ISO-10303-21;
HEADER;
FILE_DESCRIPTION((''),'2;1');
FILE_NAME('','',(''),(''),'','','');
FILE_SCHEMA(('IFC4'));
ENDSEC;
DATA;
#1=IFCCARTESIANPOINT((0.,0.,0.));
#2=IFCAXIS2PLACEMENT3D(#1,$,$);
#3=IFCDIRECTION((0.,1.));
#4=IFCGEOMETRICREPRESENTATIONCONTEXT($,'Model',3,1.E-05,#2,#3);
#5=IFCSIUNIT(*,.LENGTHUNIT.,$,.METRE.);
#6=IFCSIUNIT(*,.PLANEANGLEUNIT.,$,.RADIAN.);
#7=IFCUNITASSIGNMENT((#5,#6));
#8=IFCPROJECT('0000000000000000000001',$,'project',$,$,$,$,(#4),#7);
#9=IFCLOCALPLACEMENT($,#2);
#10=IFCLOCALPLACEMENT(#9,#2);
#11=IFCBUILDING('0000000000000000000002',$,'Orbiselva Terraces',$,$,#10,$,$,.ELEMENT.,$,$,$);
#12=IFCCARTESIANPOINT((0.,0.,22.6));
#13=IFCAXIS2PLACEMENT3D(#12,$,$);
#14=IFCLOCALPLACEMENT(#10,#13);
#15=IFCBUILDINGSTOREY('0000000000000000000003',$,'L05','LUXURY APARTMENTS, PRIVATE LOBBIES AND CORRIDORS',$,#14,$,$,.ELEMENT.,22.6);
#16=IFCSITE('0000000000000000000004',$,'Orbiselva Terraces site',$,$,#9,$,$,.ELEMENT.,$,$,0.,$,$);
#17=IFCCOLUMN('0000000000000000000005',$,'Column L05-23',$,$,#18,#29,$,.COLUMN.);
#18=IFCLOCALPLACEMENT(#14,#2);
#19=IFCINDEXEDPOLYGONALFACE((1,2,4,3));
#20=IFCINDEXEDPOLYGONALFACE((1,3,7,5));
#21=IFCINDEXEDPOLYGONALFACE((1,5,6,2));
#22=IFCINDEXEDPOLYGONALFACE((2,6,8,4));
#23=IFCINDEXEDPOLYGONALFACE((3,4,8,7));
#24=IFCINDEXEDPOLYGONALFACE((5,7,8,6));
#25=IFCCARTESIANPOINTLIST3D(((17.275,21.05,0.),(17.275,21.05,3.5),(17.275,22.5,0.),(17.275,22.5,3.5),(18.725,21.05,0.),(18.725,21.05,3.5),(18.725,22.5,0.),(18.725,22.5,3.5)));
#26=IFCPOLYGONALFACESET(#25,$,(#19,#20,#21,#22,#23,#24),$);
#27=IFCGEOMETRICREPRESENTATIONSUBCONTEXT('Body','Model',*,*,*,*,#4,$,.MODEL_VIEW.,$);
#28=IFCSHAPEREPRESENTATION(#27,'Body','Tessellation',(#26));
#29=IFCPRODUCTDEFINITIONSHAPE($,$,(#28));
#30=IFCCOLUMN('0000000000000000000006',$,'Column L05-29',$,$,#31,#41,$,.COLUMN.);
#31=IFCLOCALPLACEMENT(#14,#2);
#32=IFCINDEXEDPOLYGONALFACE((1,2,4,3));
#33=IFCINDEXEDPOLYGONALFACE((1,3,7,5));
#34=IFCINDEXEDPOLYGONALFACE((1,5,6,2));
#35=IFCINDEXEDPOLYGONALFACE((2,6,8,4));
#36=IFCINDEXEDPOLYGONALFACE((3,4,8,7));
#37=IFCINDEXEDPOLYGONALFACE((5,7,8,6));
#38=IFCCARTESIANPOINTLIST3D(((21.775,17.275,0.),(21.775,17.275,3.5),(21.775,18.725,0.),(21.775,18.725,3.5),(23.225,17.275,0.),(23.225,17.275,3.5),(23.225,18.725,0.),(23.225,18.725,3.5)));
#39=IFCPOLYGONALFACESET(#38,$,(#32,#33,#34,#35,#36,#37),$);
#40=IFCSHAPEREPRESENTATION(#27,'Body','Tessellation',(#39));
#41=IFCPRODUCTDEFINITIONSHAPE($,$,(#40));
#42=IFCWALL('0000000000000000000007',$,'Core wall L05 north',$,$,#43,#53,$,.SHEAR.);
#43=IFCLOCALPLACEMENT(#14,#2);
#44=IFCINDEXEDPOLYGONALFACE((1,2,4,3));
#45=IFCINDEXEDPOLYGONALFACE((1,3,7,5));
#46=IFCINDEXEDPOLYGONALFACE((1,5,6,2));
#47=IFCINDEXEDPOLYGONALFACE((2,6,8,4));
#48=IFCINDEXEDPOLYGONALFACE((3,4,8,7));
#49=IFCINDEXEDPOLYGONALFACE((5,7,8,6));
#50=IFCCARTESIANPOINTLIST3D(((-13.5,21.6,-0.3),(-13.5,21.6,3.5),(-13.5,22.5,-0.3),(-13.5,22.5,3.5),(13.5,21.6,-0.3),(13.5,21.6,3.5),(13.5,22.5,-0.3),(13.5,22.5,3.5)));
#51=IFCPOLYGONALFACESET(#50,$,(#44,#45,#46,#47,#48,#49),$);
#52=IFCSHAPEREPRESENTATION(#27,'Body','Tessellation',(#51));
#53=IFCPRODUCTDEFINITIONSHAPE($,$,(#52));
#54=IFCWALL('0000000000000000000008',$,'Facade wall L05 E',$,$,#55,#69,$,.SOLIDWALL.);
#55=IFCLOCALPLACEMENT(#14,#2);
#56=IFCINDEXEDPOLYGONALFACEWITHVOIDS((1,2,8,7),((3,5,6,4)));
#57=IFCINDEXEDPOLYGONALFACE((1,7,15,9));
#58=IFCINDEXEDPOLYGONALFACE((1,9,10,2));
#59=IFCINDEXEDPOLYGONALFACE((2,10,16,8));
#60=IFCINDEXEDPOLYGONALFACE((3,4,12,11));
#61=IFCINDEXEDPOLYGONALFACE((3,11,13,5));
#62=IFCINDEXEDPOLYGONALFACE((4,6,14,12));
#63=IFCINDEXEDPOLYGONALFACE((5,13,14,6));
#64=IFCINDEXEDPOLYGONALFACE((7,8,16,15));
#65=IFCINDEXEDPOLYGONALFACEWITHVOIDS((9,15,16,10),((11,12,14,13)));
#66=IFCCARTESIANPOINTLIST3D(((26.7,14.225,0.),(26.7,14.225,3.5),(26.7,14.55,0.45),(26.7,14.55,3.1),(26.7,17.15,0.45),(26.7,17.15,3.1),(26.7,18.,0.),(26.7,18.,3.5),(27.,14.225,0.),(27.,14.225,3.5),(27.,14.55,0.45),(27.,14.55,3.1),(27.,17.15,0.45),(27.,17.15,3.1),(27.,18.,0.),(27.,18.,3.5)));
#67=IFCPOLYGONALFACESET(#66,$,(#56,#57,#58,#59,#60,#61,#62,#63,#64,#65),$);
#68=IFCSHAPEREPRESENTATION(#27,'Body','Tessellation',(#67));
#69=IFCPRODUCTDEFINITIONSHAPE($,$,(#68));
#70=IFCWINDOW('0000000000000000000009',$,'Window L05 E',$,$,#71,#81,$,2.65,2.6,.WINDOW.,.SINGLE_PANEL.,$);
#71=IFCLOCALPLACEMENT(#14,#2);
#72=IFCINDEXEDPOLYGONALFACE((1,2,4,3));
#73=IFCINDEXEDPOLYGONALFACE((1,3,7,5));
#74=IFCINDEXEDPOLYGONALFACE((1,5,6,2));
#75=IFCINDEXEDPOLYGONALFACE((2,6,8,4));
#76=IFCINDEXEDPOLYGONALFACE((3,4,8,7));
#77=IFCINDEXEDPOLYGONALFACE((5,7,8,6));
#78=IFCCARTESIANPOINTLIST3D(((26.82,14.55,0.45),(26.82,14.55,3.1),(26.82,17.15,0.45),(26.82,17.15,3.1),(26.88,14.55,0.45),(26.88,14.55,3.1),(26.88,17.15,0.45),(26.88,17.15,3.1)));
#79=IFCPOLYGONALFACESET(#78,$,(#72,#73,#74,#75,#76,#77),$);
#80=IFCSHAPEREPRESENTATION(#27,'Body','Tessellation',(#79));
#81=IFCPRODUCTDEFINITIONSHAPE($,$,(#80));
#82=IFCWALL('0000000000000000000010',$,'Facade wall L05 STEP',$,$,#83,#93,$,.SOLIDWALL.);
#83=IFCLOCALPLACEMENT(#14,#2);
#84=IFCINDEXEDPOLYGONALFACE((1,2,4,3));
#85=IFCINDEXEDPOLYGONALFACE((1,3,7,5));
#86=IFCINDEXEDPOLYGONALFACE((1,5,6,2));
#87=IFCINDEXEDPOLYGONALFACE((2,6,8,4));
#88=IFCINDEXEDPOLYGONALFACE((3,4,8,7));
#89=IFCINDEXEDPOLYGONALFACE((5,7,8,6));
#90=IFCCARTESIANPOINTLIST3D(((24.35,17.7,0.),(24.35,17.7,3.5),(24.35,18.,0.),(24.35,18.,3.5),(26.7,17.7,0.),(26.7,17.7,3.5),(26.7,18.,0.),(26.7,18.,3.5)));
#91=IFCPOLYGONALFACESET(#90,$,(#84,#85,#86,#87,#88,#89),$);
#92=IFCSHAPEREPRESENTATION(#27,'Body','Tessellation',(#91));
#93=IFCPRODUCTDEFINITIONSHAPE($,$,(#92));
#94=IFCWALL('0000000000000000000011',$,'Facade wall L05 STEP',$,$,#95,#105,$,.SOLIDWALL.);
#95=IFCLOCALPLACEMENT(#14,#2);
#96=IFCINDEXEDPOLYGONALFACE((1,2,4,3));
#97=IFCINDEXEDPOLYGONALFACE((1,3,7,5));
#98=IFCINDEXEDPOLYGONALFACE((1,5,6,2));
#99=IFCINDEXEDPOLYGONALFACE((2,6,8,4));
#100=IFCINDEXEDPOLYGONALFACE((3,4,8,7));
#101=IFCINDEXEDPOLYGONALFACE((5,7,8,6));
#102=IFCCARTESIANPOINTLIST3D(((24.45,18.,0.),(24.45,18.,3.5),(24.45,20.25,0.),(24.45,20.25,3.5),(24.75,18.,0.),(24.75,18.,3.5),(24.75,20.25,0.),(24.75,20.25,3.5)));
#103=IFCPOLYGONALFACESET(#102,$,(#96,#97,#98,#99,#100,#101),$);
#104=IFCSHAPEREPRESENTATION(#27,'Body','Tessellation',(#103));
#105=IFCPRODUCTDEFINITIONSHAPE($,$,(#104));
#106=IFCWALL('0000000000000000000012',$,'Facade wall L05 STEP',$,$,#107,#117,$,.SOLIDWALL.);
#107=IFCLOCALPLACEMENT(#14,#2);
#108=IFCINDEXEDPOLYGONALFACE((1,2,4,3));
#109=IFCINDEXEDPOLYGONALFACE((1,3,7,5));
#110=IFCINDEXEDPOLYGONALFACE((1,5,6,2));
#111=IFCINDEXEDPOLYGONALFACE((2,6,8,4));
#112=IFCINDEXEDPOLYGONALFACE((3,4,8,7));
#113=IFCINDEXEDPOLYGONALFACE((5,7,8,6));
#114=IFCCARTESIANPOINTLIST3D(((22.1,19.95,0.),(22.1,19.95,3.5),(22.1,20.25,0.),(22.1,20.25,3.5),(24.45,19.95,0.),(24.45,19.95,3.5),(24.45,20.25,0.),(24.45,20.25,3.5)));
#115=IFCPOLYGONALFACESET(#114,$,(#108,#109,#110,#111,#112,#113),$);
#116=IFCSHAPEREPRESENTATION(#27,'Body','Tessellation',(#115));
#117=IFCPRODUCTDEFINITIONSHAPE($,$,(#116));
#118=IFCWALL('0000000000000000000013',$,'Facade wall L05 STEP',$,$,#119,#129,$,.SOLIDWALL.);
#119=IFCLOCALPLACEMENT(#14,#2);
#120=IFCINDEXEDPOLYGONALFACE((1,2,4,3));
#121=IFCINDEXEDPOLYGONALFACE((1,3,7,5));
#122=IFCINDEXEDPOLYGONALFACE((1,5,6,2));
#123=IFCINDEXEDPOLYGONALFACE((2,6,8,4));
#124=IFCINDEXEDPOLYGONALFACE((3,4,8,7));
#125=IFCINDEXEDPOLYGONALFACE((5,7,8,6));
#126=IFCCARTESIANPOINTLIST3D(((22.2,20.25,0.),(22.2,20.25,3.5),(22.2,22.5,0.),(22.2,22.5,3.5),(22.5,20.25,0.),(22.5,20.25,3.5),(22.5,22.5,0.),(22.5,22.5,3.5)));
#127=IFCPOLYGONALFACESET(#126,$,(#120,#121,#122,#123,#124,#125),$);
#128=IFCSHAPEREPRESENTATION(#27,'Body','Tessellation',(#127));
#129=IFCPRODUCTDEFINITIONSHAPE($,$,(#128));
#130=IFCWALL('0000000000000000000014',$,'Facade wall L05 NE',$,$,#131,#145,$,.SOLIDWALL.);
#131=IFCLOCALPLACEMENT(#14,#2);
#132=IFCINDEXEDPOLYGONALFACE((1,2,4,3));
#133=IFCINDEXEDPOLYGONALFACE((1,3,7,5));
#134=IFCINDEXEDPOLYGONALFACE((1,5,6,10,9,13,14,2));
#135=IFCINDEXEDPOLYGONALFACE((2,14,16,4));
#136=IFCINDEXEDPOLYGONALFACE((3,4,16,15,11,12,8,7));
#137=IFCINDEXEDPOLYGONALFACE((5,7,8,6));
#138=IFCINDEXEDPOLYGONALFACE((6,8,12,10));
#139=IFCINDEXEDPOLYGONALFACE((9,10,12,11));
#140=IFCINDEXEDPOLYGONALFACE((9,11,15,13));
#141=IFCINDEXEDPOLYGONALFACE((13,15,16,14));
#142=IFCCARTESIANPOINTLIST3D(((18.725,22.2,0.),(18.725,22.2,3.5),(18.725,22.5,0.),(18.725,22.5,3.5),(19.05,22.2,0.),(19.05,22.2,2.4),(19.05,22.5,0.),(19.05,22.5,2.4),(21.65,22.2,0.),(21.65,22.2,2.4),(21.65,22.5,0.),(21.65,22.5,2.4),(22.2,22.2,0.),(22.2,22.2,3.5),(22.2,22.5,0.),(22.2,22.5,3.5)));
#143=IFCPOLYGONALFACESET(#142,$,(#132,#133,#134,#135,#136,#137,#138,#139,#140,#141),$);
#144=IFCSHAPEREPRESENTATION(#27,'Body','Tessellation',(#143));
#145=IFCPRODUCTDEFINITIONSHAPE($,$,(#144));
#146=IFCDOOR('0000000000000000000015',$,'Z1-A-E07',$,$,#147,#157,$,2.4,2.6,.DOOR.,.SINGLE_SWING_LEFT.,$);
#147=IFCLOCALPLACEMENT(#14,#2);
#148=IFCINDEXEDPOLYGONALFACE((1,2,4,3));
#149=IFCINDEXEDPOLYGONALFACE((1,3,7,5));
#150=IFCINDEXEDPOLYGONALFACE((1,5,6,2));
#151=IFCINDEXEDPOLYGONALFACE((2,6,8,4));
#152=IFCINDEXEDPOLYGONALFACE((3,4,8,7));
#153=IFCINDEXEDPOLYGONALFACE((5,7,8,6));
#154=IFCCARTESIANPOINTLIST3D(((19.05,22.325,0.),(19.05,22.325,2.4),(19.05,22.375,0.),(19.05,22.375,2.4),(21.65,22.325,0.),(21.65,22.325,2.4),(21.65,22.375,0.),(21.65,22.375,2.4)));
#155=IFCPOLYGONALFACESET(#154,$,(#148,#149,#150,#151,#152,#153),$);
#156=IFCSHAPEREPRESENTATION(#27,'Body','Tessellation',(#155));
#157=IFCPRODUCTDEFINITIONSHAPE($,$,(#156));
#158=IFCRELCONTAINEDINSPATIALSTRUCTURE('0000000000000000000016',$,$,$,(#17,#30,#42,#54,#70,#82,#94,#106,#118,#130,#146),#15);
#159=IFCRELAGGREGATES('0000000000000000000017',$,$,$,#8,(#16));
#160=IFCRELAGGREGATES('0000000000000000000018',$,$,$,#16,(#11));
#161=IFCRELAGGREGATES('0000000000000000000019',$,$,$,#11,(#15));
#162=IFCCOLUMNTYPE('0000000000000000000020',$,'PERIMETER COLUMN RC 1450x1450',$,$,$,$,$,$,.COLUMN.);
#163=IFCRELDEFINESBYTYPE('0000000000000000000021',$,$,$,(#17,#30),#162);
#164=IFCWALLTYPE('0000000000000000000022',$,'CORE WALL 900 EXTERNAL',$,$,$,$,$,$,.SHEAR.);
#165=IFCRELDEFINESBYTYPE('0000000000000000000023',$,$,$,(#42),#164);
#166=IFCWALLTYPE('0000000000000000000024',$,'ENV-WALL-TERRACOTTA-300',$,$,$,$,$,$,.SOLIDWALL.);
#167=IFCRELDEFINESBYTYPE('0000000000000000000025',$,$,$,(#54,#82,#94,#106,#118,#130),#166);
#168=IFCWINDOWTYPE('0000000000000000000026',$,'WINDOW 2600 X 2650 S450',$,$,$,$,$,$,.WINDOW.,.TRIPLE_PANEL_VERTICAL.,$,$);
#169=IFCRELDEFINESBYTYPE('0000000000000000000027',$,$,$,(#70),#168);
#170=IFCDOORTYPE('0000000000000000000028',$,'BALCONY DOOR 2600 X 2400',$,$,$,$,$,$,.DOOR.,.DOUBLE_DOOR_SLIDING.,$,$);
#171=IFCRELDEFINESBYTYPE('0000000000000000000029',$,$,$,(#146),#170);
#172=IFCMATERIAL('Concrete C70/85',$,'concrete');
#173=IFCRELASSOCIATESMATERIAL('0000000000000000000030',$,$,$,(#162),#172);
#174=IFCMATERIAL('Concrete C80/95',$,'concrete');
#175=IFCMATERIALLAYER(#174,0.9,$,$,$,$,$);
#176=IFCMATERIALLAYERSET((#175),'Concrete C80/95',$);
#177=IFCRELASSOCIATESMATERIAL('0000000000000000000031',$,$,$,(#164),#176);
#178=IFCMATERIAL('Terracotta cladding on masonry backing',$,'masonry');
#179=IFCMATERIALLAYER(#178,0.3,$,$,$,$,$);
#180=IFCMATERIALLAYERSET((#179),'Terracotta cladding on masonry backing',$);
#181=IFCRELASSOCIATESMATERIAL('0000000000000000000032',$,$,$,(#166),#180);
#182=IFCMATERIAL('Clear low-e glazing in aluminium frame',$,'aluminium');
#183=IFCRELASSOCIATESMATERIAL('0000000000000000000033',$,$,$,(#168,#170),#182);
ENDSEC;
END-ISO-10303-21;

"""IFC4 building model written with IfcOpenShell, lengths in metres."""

from ifc_helpers import new_model, si_unit, direction, frame, frame_2d, origin, origin_2d, place, context, subcontext, project, spatial, rectangle, extrude, material, layer, layer_set, material_profile, profile_set, type_object, element, fill, save


model = new_model("IFC4")

# Units and contexts
model_context = context("Model", 3, precision=1e-05, world=origin(), true_north=direction((0.0, 1.0)))
body_context = subcontext(model_context, "Body", "Model", "MODEL_VIEW")
ifc_project = project(units=[si_unit("LENGTHUNIT", "METRE"), si_unit("PLANEANGLEUNIT", "RADIAN")], contexts=[model_context])

# Site, building, storey
site_placement = place(None, origin())
site = spatial("IfcSite", under=ifc_project, at=site_placement, Name="Orbiselva Terraces site", CompositionType="ELEMENT", RefElevation=0.0)
building_placement = place(site_placement, origin())
building = spatial("IfcBuilding", under=site, at=building_placement, Name="Orbiselva Terraces", CompositionType="ELEMENT")
storey_placement = place(building_placement, frame((0.0, 0.0, 22.6)))
storey = spatial("IfcBuildingStorey", under=building, at=storey_placement, Name="L05", Description="LUXURY APARTMENTS, PRIVATE LOBBIES AND CORRIDORS", CompositionType="ELEMENT", Elevation=22.6)

# Columns
ifc_material_1 = material(Name="Concrete C70/85", Category="concrete")
ifc_material_profile = material_profile(ifc_material_1, rectangle(XDim=1.45, YDim=1.45, at=origin_2d()), Name="RC 1450x1450")
ifc_profile_set = profile_set([ifc_material_profile], Name="Concrete C70/85")
column_type = type_object("IfcColumnType", Name="PERIMETER COLUMN RC 1450x1450", PredefinedType="COLUMN", material=ifc_profile_set)
for number, where, z_axis, x_axis, name in (
    (1, (18.0, 21.775, 0.0), (0.0, 0.0, 1.0), (1.0, 0.0, 0.0), "Column L05-23"),
    (2, (22.5, 18.0, 0.0), (0.0, 0.0, 1.0), (1.0, 0.0, 0.0), "Column L05-29"),
):
    element("IfcColumn", number, at=place(storey_placement, frame(where, z_axis=z_axis, x_axis=x_axis)), inside=storey, type_object=column_type, Name=name, PredefinedType="COLUMN", context=body_context, shape_type="SweptSolid", body=[
        extrude(rectangle(XDim=1.45, YDim=1.45, at=origin_2d()), origin(), (0.0, 0.0, 1.0), 3.5),
    ])

# Wall
ifc_material_2 = material(Name="Concrete C80/95", Category="concrete")
ifc_layer_1 = layer(ifc_material_2, 0.9)
ifc_layer_set_1 = layer_set([ifc_layer_1], Name="Concrete C80/95")
wall_type_1 = type_object("IfcWallType", Name="CORE WALL 900 EXTERNAL", PredefinedType="SHEAR", material=ifc_layer_set_1)
wall_1_placement = place(storey_placement, frame((13.5, 22.05, -0.3), z_axis=(0.0, 0.0, 1.0), x_axis=(-1.0, 0.0, 0.0)))
element("IfcWall", 3, at=wall_1_placement, inside=storey, type_object=wall_type_1, Name="Core wall L05 north", PredefinedType="SHEAR", context=body_context, shape_type="SweptSolid", body=[
    extrude(rectangle(XDim=27.0, YDim=0.9, at=frame_2d((13.5, 0.0))), origin(), (0.0, 0.0, 1.0), 3.8),
])

# Wall, opening, window
ifc_material_3 = material(Name="Terracotta cladding on masonry backing", Category="masonry")
ifc_layer_2 = layer(ifc_material_3, 0.3)
ifc_layer_set_2 = layer_set([ifc_layer_2], Name="Terracotta cladding on masonry backing")
wall_type_2 = type_object("IfcWallType", Name="ENV-WALL-TERRACOTTA-300", PredefinedType="SOLIDWALL", material=ifc_layer_set_2)
wall_2_placement = place(storey_placement, frame((26.85, 18.0, 0.0), z_axis=(0.0, 0.0, 1.0), x_axis=(0.0, -1.0, 0.0)))
wall_2 = element("IfcWall", 4, at=wall_2_placement, inside=storey, type_object=wall_type_2, Name="Facade wall L05 E", PredefinedType="SOLIDWALL", context=body_context, shape_type="SweptSolid", body=[
    extrude(rectangle(XDim=3.775, YDim=0.3, at=frame_2d((1.8875, 0.0))), origin(), (0.0, 0.0, 1.0), 3.5),
])
opening_1_placement = place(wall_2_placement, frame((0.85, 0.0, 0.45)))
opening_1 = element("IfcOpeningElement", 5, at=opening_1_placement, cuts=wall_2, PredefinedType="OPENING", context=body_context, shape_type="SweptSolid", body=[
    extrude(rectangle(XDim=2.6, YDim=2.65, at=frame_2d((1.3, 1.325))), frame((0.0, 0.16, 0.0), z_axis=(0.0, -1.0, 0.0), x_axis=(1.0, 0.0, 0.0)), (0.0, 0.0, 1.0), 0.32),
])
ifc_material_4 = material(Name="Clear low-e glazing in aluminium frame", Category="aluminium")
window_type = type_object("IfcWindowType", Name="WINDOW 2600 X 2650 S450", PartitioningType="TRIPLE_PANEL_VERTICAL", PredefinedType="WINDOW", material=ifc_material_4)
window_1_placement = place(opening_1_placement, origin())
window_1 = element("IfcWindow", 6, at=window_1_placement, inside=storey, type_object=window_type, Name="Window L05 E", OverallHeight=2.65, OverallWidth=2.6, PartitioningType="SINGLE_PANEL", PredefinedType="WINDOW", context=body_context, shape_type="SweptSolid", body=[
    extrude(rectangle(XDim=2.6, YDim=2.65, at=frame_2d((1.3, 1.325))), frame((0.0, 0.03, 0.0), z_axis=(0.0, -1.0, 0.0), x_axis=(1.0, 0.0, 0.0)), (0.0, 0.0, 1.0), 0.06),
])
fill(opening_1, window_1)

# Walls
wall_3_placement = place(storey_placement, frame((24.35, 17.85, 0.0), z_axis=(0.0, 0.0, 1.0), x_axis=(1.0, 0.0, 0.0)))
element("IfcWall", 7, at=wall_3_placement, inside=storey, type_object=wall_type_2, Name="Facade wall L05 STEP", PredefinedType="SOLIDWALL", context=body_context, shape_type="SweptSolid", body=[
    extrude(rectangle(XDim=2.35, YDim=0.3, at=frame_2d((1.175, 0.0))), origin(), (0.0, 0.0, 1.0), 3.5),
])
wall_4_placement = place(storey_placement, frame((24.6, 20.25, 0.0), z_axis=(0.0, 0.0, 1.0), x_axis=(0.0, -1.0, 0.0)))
element("IfcWall", 8, at=wall_4_placement, inside=storey, type_object=wall_type_2, Name="Facade wall L05 STEP", PredefinedType="SOLIDWALL", context=body_context, shape_type="SweptSolid", body=[
    extrude(rectangle(XDim=2.25, YDim=0.3, at=frame_2d((1.125, 0.0))), origin(), (0.0, 0.0, 1.0), 3.5),
])
wall_5_placement = place(storey_placement, frame((22.1, 20.1, 0.0), z_axis=(0.0, 0.0, 1.0), x_axis=(1.0, 0.0, 0.0)))
element("IfcWall", 9, at=wall_5_placement, inside=storey, type_object=wall_type_2, Name="Facade wall L05 STEP", PredefinedType="SOLIDWALL", context=body_context, shape_type="SweptSolid", body=[
    extrude(rectangle(XDim=2.35, YDim=0.3, at=frame_2d((1.175, 0.0))), origin(), (0.0, 0.0, 1.0), 3.5),
])
wall_6_placement = place(storey_placement, frame((22.35, 22.5, 0.0), z_axis=(0.0, 0.0, 1.0), x_axis=(0.0, -1.0, 0.0)))
element("IfcWall", 10, at=wall_6_placement, inside=storey, type_object=wall_type_2, Name="Facade wall L05 STEP", PredefinedType="SOLIDWALL", context=body_context, shape_type="SweptSolid", body=[
    extrude(rectangle(XDim=2.25, YDim=0.3, at=frame_2d((1.125, 0.0))), origin(), (0.0, 0.0, 1.0), 3.5),
])

# Wall, opening, door
wall_7_placement = place(storey_placement, frame((18.725, 22.35, 0.0), z_axis=(0.0, 0.0, 1.0), x_axis=(1.0, 0.0, 0.0)))
wall_7 = element("IfcWall", 11, at=wall_7_placement, inside=storey, type_object=wall_type_2, Name="Facade wall L05 NE", PredefinedType="SOLIDWALL", context=body_context, shape_type="SweptSolid", body=[
    extrude(rectangle(XDim=3.475, YDim=0.3, at=frame_2d((1.7375, 0.0))), origin(), (0.0, 0.0, 1.0), 3.5),
])
opening_2_placement = place(wall_7_placement, frame((0.325, 0.0, 0.0)))
opening_2 = element("IfcOpeningElement", 12, at=opening_2_placement, cuts=wall_7, PredefinedType="OPENING", context=body_context, shape_type="SweptSolid", body=[
    extrude(rectangle(XDim=2.6, YDim=2.4, at=frame_2d((1.3, 1.2))), frame((0.0, 0.16, 0.0), z_axis=(0.0, -1.0, 0.0), x_axis=(1.0, 0.0, 0.0)), (0.0, 0.0, 1.0), 0.32),
])
door_type_1 = type_object("IfcDoorType", Name="BALCONY DOOR 2600 X 2400", OperationType="DOUBLE_DOOR_SLIDING", PredefinedType="DOOR", material=ifc_material_4)
door_1_placement = place(opening_2_placement, origin())
door_1 = element("IfcDoor", 13, at=door_1_placement, inside=storey, type_object=door_type_1, Name="Z1-A-E07", OperationType="SINGLE_SWING_LEFT", OverallHeight=2.4, OverallWidth=2.6, PredefinedType="DOOR", context=body_context, shape_type="SweptSolid", body=[
    extrude(rectangle(XDim=2.6, YDim=2.4, at=frame_2d((1.3, 1.2))), frame((0.0, 0.025, 0.0), z_axis=(0.0, -1.0, 0.0), x_axis=(1.0, 0.0, 0.0)), (0.0, 0.0, 1.0), 0.05),
])
fill(opening_2, door_1)

save(model, "model.ifc")
